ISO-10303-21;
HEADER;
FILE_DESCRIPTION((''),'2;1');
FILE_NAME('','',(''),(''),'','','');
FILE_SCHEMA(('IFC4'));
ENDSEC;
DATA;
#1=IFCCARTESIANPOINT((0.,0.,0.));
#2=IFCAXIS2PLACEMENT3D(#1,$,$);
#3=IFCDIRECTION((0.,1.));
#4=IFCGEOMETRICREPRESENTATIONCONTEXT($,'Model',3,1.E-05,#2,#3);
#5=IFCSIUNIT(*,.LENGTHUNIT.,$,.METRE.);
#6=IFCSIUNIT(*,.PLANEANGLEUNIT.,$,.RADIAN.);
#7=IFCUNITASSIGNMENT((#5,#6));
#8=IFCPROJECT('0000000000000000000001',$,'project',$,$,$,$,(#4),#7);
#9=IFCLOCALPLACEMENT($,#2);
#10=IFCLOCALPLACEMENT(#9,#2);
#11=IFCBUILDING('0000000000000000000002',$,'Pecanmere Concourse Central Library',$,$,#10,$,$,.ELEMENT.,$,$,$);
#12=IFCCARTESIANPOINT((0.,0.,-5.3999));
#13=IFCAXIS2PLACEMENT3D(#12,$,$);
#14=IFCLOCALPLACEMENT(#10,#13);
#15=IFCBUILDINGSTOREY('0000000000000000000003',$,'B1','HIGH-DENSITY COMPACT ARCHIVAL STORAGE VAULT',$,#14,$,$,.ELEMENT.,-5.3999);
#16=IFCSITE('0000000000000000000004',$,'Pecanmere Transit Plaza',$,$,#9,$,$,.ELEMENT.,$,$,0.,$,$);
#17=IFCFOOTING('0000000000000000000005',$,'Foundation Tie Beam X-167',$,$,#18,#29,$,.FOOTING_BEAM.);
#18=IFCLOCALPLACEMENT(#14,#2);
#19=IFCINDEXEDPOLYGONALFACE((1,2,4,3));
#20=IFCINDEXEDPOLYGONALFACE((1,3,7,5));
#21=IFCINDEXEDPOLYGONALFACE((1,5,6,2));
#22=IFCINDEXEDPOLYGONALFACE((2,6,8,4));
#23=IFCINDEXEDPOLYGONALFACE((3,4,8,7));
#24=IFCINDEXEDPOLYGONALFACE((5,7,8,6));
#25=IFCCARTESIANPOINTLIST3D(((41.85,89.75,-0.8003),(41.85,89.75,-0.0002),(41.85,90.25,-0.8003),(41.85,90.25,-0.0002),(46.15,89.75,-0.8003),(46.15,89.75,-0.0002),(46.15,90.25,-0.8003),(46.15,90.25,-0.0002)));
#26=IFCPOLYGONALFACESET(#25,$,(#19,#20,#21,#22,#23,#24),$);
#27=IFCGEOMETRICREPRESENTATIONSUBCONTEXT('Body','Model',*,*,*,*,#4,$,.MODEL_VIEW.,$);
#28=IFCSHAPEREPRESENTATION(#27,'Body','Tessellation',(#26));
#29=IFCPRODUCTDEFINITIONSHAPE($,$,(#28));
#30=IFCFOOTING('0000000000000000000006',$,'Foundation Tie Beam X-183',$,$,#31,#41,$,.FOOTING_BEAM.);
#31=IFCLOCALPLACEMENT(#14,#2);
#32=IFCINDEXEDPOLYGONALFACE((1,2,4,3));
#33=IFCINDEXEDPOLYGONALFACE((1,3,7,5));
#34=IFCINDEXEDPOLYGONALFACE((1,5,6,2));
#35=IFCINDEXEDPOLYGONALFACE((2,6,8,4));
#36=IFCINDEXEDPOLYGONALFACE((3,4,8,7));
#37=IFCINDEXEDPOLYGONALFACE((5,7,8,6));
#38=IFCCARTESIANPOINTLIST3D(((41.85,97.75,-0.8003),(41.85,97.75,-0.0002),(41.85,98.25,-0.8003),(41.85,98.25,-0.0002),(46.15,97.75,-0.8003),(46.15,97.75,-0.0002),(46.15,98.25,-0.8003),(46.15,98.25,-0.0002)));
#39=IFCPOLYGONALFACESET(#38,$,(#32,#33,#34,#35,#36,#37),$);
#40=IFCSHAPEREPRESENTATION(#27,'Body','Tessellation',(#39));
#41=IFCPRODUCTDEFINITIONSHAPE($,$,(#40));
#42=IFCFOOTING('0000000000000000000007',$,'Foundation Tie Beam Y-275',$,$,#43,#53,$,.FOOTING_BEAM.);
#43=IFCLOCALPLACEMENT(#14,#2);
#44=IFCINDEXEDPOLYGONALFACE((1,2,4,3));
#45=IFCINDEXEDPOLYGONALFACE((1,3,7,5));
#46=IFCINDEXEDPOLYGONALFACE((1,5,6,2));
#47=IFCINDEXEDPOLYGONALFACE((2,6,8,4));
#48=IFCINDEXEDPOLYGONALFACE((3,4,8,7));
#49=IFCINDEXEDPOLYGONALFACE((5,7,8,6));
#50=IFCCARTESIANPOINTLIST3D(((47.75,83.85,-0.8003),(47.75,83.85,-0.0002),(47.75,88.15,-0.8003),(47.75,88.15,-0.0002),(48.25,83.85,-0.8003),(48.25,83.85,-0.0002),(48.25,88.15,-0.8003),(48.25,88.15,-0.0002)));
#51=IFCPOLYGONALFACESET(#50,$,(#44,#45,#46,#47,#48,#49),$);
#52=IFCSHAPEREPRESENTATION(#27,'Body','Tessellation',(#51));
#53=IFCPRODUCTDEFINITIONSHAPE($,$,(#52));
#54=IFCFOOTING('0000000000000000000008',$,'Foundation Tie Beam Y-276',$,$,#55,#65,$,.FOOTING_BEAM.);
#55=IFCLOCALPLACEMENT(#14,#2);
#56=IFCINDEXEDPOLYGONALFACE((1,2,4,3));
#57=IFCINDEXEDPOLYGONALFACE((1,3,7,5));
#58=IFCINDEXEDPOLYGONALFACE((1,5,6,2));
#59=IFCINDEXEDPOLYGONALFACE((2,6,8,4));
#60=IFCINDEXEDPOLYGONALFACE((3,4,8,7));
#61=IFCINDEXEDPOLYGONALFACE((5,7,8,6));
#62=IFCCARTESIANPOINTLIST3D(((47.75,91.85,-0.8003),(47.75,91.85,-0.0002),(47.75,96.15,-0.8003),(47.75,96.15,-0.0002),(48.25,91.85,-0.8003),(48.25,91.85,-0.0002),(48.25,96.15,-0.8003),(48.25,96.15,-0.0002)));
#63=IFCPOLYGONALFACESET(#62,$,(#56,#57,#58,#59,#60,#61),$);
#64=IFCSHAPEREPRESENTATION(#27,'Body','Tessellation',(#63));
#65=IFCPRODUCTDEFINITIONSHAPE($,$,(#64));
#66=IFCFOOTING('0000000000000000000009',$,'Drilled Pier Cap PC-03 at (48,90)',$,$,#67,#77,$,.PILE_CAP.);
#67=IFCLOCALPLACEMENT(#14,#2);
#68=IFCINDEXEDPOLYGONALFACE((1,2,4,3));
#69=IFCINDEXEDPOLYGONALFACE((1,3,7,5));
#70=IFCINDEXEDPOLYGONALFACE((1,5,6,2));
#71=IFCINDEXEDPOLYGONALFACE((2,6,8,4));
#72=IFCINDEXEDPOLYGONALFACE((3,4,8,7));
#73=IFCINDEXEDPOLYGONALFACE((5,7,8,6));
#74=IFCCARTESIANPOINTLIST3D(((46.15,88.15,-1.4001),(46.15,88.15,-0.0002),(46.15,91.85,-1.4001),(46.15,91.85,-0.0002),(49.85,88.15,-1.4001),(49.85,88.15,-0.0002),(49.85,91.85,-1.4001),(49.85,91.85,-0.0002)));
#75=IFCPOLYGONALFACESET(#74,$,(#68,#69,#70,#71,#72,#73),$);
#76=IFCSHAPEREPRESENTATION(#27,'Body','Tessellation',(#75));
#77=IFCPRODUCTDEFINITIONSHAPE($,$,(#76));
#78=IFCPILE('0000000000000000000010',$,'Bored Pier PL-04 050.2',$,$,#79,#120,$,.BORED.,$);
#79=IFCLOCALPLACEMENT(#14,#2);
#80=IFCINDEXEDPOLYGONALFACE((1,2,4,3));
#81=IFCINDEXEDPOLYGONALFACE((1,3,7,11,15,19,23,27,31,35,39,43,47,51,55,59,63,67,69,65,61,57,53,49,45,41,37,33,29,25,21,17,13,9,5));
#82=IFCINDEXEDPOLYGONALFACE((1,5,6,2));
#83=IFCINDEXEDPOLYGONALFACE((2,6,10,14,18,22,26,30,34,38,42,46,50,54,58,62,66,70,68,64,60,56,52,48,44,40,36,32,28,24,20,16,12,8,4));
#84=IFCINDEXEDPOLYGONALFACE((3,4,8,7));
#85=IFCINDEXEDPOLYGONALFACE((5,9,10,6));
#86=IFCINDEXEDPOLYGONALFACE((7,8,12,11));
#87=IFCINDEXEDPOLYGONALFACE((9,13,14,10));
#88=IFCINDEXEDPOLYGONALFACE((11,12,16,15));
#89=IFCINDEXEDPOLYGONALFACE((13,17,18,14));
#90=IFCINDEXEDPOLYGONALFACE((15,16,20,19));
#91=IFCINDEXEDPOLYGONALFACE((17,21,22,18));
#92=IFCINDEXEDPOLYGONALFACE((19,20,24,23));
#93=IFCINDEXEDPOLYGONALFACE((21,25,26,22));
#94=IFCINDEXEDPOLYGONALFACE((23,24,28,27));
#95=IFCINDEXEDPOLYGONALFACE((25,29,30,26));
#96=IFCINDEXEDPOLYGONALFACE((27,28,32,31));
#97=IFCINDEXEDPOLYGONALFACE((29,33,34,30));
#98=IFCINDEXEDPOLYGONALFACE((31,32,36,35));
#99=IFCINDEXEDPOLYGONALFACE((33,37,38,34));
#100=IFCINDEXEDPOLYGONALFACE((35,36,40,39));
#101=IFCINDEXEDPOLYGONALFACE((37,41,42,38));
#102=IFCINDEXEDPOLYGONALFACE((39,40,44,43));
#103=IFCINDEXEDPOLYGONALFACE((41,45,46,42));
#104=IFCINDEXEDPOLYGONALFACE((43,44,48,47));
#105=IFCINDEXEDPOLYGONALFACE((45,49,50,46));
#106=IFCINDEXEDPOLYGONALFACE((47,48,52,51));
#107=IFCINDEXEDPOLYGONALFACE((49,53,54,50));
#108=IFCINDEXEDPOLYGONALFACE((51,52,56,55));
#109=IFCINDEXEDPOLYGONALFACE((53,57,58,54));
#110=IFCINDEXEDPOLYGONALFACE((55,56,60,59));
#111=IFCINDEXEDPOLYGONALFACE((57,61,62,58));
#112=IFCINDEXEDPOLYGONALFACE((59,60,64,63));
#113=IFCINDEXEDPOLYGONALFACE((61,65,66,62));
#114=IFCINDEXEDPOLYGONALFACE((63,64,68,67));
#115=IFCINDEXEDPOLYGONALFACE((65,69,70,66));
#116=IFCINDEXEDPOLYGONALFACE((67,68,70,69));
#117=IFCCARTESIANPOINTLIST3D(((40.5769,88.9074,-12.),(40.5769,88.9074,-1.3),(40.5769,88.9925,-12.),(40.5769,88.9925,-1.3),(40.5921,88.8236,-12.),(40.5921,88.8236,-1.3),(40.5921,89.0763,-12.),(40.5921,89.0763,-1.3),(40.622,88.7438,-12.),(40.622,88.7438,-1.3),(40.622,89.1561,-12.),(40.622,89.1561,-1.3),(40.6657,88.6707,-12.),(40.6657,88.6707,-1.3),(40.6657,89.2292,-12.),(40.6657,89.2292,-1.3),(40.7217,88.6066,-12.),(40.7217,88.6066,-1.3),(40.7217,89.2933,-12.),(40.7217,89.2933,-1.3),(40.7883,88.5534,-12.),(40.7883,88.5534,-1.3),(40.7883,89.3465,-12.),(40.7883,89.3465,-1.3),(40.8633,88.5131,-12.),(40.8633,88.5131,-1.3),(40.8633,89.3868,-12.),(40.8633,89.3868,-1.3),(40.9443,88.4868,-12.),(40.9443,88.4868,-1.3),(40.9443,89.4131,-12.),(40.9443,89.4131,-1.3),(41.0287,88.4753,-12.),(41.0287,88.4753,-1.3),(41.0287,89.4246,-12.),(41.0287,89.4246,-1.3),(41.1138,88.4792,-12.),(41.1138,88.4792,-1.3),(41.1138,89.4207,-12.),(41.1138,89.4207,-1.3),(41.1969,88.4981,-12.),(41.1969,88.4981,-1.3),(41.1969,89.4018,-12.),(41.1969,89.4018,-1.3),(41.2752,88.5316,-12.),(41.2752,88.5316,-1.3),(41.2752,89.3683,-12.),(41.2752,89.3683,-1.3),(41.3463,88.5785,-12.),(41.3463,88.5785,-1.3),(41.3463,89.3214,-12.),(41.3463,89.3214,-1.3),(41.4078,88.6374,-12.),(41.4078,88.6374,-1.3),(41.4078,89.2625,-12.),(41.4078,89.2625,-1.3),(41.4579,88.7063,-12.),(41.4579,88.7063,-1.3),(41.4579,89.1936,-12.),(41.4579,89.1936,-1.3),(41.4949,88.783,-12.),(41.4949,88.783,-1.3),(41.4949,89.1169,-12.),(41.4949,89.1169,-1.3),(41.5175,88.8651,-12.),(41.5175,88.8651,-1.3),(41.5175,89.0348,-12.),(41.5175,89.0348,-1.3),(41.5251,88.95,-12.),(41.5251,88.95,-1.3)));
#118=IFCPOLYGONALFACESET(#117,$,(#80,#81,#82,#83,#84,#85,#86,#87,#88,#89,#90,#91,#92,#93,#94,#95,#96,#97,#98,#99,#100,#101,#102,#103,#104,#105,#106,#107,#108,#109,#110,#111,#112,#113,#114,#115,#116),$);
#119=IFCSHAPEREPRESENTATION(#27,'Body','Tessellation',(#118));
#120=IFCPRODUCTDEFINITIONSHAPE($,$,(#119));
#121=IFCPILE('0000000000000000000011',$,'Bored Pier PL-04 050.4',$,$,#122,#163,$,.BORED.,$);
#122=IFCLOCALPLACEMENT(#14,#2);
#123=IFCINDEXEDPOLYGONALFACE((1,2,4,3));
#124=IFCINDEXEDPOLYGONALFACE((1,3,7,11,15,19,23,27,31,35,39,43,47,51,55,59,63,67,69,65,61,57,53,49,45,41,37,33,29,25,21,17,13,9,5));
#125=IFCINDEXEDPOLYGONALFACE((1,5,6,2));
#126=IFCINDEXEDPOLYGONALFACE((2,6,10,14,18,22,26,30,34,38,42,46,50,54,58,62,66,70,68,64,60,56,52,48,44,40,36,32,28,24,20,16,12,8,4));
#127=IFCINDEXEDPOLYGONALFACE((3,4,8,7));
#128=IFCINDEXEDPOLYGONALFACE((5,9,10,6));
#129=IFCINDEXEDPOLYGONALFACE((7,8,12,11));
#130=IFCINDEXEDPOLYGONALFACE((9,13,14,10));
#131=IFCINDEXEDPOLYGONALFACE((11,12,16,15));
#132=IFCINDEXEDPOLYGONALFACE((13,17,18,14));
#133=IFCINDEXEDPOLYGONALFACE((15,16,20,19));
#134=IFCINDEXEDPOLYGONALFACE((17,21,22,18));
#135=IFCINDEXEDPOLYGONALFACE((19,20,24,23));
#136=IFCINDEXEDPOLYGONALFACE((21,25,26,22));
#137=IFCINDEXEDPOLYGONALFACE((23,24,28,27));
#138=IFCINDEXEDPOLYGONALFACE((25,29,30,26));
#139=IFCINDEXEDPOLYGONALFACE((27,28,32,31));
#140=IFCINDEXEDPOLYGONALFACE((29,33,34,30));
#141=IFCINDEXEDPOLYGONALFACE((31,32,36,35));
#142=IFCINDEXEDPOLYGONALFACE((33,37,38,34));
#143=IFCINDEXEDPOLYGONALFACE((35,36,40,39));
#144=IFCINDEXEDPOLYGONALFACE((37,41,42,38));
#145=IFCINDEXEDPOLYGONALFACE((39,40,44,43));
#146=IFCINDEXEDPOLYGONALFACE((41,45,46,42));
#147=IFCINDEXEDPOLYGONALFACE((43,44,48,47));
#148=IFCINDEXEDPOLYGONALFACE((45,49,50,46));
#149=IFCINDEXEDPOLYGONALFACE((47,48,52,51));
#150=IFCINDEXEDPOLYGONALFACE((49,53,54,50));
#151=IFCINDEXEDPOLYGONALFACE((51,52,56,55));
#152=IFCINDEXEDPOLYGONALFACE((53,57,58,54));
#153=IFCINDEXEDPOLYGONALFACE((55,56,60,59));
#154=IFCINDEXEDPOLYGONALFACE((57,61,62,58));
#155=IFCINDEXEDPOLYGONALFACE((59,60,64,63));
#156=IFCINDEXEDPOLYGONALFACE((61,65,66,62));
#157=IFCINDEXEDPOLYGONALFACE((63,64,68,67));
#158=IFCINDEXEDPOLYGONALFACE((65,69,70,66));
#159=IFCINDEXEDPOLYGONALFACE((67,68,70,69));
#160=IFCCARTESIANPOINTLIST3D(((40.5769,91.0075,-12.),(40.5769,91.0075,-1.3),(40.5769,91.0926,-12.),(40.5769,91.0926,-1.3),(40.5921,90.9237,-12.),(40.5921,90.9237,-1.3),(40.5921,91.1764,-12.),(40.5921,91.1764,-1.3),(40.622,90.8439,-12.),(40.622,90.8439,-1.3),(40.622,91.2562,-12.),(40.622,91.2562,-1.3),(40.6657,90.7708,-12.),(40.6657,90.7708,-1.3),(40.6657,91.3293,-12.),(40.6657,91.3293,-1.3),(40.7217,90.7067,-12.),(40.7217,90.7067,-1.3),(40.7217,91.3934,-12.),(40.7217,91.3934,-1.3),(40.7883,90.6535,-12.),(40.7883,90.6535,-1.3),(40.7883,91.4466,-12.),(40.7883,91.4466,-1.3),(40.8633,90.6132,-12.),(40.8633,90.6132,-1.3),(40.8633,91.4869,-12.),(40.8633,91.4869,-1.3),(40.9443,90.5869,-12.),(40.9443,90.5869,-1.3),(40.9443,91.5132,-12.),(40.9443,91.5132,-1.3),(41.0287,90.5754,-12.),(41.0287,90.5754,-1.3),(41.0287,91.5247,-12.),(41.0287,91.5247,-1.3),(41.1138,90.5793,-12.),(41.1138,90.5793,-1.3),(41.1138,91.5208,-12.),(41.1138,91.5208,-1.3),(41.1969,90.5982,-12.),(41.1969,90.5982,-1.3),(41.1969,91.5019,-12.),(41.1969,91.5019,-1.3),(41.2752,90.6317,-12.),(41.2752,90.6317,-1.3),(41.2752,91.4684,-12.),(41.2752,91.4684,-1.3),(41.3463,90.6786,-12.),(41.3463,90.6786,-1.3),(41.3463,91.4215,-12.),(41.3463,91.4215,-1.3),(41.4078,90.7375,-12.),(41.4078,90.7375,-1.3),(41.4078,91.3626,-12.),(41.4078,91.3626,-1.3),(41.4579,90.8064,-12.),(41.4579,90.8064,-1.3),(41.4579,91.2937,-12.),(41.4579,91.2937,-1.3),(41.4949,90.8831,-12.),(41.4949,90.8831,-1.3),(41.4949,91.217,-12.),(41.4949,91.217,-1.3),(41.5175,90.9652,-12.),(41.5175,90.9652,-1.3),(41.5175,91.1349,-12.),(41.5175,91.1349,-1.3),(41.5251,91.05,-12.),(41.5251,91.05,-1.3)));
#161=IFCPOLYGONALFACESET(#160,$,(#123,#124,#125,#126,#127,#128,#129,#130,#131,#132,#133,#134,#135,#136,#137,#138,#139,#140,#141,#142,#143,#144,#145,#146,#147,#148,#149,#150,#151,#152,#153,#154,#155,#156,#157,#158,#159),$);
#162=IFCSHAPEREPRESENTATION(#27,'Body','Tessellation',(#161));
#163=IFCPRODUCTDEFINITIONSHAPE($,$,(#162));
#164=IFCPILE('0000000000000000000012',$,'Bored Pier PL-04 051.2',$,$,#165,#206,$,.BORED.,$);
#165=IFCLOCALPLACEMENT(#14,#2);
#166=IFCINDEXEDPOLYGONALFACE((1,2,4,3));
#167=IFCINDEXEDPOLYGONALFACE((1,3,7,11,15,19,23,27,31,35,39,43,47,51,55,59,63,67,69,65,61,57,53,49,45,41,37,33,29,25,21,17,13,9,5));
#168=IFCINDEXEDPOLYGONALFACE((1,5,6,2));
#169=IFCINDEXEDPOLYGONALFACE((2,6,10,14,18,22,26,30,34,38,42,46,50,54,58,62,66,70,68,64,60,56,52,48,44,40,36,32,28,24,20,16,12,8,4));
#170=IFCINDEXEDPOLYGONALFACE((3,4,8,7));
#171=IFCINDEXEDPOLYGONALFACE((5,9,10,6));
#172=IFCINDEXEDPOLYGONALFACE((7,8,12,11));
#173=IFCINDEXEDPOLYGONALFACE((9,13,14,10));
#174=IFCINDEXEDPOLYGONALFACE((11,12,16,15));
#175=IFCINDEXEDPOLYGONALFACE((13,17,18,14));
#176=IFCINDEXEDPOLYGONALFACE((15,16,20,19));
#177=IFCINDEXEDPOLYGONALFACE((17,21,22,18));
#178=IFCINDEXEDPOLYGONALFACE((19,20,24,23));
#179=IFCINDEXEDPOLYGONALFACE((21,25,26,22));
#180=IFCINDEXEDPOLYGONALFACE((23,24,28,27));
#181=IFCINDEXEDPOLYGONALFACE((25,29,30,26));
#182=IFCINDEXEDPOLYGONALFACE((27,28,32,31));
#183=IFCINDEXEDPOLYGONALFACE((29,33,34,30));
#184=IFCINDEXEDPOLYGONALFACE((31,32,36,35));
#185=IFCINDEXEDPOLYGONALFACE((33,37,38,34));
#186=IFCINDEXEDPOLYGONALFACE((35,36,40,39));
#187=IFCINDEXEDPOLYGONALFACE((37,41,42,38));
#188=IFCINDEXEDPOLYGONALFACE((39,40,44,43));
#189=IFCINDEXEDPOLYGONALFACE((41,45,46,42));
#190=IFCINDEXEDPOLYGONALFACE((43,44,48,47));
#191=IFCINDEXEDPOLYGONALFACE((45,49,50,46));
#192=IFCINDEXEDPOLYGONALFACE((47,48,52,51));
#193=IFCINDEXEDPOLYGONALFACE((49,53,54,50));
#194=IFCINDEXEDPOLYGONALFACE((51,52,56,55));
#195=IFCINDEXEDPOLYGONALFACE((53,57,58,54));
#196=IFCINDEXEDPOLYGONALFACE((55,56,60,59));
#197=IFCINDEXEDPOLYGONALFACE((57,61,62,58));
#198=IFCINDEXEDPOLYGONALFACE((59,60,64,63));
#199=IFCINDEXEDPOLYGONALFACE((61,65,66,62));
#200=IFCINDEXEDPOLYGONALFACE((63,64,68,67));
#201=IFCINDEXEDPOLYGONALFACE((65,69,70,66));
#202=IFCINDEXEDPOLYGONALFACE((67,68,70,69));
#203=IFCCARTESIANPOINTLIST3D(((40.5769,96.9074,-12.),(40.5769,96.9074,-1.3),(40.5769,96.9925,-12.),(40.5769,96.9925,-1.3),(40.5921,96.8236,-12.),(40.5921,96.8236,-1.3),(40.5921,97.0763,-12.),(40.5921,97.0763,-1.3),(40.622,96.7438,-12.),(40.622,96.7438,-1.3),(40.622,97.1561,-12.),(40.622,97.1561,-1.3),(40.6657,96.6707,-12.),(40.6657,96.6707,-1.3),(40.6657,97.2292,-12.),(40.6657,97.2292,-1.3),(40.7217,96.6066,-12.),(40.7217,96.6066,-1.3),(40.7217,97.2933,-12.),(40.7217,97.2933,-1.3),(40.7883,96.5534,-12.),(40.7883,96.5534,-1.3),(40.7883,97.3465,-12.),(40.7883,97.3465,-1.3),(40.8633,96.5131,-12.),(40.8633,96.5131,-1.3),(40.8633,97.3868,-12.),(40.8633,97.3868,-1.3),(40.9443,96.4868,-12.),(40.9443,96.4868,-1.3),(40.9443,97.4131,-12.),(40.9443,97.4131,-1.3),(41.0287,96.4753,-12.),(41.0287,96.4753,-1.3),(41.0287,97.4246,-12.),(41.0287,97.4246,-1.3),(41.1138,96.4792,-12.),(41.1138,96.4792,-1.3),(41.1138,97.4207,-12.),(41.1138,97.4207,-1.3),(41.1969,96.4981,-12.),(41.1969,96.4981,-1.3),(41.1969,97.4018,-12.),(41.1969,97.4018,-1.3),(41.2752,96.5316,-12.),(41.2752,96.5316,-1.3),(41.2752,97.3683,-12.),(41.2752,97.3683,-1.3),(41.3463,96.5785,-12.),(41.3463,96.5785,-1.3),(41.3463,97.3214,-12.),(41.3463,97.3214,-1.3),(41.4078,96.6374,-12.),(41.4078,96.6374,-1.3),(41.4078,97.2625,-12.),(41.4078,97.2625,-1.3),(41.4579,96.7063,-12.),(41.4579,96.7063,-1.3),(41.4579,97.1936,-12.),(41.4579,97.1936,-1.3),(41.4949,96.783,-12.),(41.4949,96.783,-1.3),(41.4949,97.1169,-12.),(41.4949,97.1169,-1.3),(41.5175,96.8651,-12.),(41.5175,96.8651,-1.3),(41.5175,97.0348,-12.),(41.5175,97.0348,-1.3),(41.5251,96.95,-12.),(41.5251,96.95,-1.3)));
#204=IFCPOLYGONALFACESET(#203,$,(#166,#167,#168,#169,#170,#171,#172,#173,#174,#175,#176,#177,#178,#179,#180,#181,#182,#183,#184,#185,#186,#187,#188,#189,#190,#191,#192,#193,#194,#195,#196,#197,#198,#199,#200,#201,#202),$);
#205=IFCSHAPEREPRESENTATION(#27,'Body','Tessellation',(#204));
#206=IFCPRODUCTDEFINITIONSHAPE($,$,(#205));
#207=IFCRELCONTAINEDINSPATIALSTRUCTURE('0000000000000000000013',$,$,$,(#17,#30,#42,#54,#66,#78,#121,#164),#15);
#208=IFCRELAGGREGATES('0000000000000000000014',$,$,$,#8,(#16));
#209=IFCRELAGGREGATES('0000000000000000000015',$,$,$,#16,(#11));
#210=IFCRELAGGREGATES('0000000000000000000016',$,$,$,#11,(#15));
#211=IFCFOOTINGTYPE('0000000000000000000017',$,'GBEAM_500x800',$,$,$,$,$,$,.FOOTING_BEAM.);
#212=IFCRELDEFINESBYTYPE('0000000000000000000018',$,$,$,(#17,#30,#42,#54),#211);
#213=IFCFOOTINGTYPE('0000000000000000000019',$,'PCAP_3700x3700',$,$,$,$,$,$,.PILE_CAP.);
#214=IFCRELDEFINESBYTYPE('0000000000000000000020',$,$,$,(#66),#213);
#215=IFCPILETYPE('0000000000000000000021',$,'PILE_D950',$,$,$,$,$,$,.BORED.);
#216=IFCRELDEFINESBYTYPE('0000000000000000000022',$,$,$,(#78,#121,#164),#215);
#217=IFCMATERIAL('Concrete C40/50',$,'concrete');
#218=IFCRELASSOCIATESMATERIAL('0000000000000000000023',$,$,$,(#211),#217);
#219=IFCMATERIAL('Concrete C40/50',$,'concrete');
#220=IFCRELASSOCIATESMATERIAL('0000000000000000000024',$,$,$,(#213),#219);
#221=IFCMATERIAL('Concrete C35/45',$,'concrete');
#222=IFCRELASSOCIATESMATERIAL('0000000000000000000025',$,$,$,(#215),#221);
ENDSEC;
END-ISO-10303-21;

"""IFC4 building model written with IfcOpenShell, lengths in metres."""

from ifc_helpers import new_model, si_unit, direction, frame, origin, origin_2d, place, context, subcontext, project, spatial, rectangle, circle, extrude, material, material_profile, profile_set, type_object, element, save


model = new_model("IFC4")

# Units and contexts
model_context = context("Model", 3, precision=1e-05, world=origin(), true_north=direction((0.0, 1.0)))
body_context = subcontext(model_context, "Body", "Model", "MODEL_VIEW")
ifc_project = project(units=[si_unit("LENGTHUNIT", "METRE"), si_unit("PLANEANGLEUNIT", "RADIAN")], contexts=[model_context])

# Site, building, storey
site_placement = place(None, origin())
site = spatial("IfcSite", under=ifc_project, at=site_placement, Name="Pecanmere Transit Plaza", CompositionType="ELEMENT", RefElevation=0.0)
building_placement = place(site_placement, origin())
building = spatial("IfcBuilding", under=site, at=building_placement, Name="Pecanmere Concourse Central Library", CompositionType="ELEMENT")
storey_placement = place(building_placement, frame((0.0, 0.0, -5.3999)))
storey = spatial("IfcBuildingStorey", under=building, at=storey_placement, Name="B1", Description="HIGH-DENSITY COMPACT ARCHIVAL STORAGE VAULT", CompositionType="ELEMENT", Elevation=-5.3999)

# Footings
ifc_material_1 = material(Name="Concrete C40/50", Category="concrete")
ifc_material_profile_1 = material_profile(ifc_material_1, rectangle(XDim=0.5, YDim=0.8, at=origin_2d()), Name="RC 500x800")
ifc_profile_set_1 = profile_set([ifc_material_profile_1], Name="Concrete C40/50")
footing_type_1 = type_object("IfcFootingType", Name="GBEAM_500x800", PredefinedType="FOOTING_BEAM", material=ifc_profile_set_1)
for number, where, z_axis, x_axis, name in (
    (1, (44.0, 90.0, -0.8003), (0.0, 0.0, 1.0), (1.0, 0.0, 0.0), "Foundation Tie Beam X-167"),
    (2, (44.0, 98.0, -0.8003), (0.0, 0.0, 1.0), (1.0, 0.0, 0.0), "Foundation Tie Beam X-183"),
    (3, (48.0, 86.0, -0.8003), (0.0, 0.0, 1.0), (0.0, 1.0, 0.0), "Foundation Tie Beam Y-275"),
    (4, (48.0, 94.0, -0.8003), (0.0, 0.0, 1.0), (0.0, 1.0, 0.0), "Foundation Tie Beam Y-276"),
):
    element("IfcFooting", number, at=place(storey_placement, frame(where, z_axis=z_axis, x_axis=x_axis)), inside=storey, type_object=footing_type_1, Name=name, PredefinedType="FOOTING_BEAM", context=body_context, shape_type="SweptSolid", body=[
        extrude(rectangle(XDim=4.3, YDim=0.5, at=origin_2d()), origin(), (0.0, 0.0, 1.0), 0.8),
    ])
ifc_material_2 = material(Name="Concrete C40/50", Category="concrete")
footing_type_2 = type_object("IfcFootingType", Name="PCAP_3700x3700", PredefinedType="PILE_CAP", material=ifc_material_2)
footing_placement = place(storey_placement, frame((48.0, 90.0, -1.4001), z_axis=(0.0, 0.0, 1.0), x_axis=(1.0, 0.0, 0.0)))
element("IfcFooting", 5, at=footing_placement, inside=storey, type_object=footing_type_2, Name="Drilled Pier Cap PC-03 at (48,90)", PredefinedType="PILE_CAP", context=body_context, shape_type="SweptSolid", body=[
    extrude(rectangle(XDim=3.7, YDim=3.7, at=origin_2d()), origin(), (0.0, 0.0, 1.0), 1.3999),
])

# Piles
ifc_material_3 = material(Name="Concrete C35/45", Category="concrete")
ifc_material_profile_2 = material_profile(ifc_material_3, circle(Radius=0.4751, at=origin_2d()), Name="PIER D950")
ifc_profile_set_2 = profile_set([ifc_material_profile_2], Name="Concrete C35/45")
pile_type = type_object("IfcPileType", Name="PILE_D950", PredefinedType="BORED", material=ifc_profile_set_2)
for number, where, z_axis, x_axis, name in (
    (6, (41.05, 88.95, -1.3), (0.0, 0.0, -1.0), (1.0, 0.0, 0.0), "Bored Pier PL-04 050.2"),
    (7, (41.05, 91.05, -1.3), (0.0, 0.0, -1.0), (1.0, 0.0, 0.0), "Bored Pier PL-04 050.4"),
    (8, (41.05, 96.95, -1.3), (0.0, 0.0, -1.0), (1.0, 0.0, 0.0), "Bored Pier PL-04 051.2"),
):
    element("IfcPile", number, at=place(storey_placement, frame(where, z_axis=z_axis, x_axis=x_axis)), inside=storey, type_object=pile_type, Name=name, PredefinedType="BORED", context=body_context, shape_type="SweptSolid", body=[
        extrude(circle(Radius=0.4751, at=origin_2d()), origin(), (0.0, 0.0, 1.0), 10.7),
    ])

save(model, "model.ifc")
